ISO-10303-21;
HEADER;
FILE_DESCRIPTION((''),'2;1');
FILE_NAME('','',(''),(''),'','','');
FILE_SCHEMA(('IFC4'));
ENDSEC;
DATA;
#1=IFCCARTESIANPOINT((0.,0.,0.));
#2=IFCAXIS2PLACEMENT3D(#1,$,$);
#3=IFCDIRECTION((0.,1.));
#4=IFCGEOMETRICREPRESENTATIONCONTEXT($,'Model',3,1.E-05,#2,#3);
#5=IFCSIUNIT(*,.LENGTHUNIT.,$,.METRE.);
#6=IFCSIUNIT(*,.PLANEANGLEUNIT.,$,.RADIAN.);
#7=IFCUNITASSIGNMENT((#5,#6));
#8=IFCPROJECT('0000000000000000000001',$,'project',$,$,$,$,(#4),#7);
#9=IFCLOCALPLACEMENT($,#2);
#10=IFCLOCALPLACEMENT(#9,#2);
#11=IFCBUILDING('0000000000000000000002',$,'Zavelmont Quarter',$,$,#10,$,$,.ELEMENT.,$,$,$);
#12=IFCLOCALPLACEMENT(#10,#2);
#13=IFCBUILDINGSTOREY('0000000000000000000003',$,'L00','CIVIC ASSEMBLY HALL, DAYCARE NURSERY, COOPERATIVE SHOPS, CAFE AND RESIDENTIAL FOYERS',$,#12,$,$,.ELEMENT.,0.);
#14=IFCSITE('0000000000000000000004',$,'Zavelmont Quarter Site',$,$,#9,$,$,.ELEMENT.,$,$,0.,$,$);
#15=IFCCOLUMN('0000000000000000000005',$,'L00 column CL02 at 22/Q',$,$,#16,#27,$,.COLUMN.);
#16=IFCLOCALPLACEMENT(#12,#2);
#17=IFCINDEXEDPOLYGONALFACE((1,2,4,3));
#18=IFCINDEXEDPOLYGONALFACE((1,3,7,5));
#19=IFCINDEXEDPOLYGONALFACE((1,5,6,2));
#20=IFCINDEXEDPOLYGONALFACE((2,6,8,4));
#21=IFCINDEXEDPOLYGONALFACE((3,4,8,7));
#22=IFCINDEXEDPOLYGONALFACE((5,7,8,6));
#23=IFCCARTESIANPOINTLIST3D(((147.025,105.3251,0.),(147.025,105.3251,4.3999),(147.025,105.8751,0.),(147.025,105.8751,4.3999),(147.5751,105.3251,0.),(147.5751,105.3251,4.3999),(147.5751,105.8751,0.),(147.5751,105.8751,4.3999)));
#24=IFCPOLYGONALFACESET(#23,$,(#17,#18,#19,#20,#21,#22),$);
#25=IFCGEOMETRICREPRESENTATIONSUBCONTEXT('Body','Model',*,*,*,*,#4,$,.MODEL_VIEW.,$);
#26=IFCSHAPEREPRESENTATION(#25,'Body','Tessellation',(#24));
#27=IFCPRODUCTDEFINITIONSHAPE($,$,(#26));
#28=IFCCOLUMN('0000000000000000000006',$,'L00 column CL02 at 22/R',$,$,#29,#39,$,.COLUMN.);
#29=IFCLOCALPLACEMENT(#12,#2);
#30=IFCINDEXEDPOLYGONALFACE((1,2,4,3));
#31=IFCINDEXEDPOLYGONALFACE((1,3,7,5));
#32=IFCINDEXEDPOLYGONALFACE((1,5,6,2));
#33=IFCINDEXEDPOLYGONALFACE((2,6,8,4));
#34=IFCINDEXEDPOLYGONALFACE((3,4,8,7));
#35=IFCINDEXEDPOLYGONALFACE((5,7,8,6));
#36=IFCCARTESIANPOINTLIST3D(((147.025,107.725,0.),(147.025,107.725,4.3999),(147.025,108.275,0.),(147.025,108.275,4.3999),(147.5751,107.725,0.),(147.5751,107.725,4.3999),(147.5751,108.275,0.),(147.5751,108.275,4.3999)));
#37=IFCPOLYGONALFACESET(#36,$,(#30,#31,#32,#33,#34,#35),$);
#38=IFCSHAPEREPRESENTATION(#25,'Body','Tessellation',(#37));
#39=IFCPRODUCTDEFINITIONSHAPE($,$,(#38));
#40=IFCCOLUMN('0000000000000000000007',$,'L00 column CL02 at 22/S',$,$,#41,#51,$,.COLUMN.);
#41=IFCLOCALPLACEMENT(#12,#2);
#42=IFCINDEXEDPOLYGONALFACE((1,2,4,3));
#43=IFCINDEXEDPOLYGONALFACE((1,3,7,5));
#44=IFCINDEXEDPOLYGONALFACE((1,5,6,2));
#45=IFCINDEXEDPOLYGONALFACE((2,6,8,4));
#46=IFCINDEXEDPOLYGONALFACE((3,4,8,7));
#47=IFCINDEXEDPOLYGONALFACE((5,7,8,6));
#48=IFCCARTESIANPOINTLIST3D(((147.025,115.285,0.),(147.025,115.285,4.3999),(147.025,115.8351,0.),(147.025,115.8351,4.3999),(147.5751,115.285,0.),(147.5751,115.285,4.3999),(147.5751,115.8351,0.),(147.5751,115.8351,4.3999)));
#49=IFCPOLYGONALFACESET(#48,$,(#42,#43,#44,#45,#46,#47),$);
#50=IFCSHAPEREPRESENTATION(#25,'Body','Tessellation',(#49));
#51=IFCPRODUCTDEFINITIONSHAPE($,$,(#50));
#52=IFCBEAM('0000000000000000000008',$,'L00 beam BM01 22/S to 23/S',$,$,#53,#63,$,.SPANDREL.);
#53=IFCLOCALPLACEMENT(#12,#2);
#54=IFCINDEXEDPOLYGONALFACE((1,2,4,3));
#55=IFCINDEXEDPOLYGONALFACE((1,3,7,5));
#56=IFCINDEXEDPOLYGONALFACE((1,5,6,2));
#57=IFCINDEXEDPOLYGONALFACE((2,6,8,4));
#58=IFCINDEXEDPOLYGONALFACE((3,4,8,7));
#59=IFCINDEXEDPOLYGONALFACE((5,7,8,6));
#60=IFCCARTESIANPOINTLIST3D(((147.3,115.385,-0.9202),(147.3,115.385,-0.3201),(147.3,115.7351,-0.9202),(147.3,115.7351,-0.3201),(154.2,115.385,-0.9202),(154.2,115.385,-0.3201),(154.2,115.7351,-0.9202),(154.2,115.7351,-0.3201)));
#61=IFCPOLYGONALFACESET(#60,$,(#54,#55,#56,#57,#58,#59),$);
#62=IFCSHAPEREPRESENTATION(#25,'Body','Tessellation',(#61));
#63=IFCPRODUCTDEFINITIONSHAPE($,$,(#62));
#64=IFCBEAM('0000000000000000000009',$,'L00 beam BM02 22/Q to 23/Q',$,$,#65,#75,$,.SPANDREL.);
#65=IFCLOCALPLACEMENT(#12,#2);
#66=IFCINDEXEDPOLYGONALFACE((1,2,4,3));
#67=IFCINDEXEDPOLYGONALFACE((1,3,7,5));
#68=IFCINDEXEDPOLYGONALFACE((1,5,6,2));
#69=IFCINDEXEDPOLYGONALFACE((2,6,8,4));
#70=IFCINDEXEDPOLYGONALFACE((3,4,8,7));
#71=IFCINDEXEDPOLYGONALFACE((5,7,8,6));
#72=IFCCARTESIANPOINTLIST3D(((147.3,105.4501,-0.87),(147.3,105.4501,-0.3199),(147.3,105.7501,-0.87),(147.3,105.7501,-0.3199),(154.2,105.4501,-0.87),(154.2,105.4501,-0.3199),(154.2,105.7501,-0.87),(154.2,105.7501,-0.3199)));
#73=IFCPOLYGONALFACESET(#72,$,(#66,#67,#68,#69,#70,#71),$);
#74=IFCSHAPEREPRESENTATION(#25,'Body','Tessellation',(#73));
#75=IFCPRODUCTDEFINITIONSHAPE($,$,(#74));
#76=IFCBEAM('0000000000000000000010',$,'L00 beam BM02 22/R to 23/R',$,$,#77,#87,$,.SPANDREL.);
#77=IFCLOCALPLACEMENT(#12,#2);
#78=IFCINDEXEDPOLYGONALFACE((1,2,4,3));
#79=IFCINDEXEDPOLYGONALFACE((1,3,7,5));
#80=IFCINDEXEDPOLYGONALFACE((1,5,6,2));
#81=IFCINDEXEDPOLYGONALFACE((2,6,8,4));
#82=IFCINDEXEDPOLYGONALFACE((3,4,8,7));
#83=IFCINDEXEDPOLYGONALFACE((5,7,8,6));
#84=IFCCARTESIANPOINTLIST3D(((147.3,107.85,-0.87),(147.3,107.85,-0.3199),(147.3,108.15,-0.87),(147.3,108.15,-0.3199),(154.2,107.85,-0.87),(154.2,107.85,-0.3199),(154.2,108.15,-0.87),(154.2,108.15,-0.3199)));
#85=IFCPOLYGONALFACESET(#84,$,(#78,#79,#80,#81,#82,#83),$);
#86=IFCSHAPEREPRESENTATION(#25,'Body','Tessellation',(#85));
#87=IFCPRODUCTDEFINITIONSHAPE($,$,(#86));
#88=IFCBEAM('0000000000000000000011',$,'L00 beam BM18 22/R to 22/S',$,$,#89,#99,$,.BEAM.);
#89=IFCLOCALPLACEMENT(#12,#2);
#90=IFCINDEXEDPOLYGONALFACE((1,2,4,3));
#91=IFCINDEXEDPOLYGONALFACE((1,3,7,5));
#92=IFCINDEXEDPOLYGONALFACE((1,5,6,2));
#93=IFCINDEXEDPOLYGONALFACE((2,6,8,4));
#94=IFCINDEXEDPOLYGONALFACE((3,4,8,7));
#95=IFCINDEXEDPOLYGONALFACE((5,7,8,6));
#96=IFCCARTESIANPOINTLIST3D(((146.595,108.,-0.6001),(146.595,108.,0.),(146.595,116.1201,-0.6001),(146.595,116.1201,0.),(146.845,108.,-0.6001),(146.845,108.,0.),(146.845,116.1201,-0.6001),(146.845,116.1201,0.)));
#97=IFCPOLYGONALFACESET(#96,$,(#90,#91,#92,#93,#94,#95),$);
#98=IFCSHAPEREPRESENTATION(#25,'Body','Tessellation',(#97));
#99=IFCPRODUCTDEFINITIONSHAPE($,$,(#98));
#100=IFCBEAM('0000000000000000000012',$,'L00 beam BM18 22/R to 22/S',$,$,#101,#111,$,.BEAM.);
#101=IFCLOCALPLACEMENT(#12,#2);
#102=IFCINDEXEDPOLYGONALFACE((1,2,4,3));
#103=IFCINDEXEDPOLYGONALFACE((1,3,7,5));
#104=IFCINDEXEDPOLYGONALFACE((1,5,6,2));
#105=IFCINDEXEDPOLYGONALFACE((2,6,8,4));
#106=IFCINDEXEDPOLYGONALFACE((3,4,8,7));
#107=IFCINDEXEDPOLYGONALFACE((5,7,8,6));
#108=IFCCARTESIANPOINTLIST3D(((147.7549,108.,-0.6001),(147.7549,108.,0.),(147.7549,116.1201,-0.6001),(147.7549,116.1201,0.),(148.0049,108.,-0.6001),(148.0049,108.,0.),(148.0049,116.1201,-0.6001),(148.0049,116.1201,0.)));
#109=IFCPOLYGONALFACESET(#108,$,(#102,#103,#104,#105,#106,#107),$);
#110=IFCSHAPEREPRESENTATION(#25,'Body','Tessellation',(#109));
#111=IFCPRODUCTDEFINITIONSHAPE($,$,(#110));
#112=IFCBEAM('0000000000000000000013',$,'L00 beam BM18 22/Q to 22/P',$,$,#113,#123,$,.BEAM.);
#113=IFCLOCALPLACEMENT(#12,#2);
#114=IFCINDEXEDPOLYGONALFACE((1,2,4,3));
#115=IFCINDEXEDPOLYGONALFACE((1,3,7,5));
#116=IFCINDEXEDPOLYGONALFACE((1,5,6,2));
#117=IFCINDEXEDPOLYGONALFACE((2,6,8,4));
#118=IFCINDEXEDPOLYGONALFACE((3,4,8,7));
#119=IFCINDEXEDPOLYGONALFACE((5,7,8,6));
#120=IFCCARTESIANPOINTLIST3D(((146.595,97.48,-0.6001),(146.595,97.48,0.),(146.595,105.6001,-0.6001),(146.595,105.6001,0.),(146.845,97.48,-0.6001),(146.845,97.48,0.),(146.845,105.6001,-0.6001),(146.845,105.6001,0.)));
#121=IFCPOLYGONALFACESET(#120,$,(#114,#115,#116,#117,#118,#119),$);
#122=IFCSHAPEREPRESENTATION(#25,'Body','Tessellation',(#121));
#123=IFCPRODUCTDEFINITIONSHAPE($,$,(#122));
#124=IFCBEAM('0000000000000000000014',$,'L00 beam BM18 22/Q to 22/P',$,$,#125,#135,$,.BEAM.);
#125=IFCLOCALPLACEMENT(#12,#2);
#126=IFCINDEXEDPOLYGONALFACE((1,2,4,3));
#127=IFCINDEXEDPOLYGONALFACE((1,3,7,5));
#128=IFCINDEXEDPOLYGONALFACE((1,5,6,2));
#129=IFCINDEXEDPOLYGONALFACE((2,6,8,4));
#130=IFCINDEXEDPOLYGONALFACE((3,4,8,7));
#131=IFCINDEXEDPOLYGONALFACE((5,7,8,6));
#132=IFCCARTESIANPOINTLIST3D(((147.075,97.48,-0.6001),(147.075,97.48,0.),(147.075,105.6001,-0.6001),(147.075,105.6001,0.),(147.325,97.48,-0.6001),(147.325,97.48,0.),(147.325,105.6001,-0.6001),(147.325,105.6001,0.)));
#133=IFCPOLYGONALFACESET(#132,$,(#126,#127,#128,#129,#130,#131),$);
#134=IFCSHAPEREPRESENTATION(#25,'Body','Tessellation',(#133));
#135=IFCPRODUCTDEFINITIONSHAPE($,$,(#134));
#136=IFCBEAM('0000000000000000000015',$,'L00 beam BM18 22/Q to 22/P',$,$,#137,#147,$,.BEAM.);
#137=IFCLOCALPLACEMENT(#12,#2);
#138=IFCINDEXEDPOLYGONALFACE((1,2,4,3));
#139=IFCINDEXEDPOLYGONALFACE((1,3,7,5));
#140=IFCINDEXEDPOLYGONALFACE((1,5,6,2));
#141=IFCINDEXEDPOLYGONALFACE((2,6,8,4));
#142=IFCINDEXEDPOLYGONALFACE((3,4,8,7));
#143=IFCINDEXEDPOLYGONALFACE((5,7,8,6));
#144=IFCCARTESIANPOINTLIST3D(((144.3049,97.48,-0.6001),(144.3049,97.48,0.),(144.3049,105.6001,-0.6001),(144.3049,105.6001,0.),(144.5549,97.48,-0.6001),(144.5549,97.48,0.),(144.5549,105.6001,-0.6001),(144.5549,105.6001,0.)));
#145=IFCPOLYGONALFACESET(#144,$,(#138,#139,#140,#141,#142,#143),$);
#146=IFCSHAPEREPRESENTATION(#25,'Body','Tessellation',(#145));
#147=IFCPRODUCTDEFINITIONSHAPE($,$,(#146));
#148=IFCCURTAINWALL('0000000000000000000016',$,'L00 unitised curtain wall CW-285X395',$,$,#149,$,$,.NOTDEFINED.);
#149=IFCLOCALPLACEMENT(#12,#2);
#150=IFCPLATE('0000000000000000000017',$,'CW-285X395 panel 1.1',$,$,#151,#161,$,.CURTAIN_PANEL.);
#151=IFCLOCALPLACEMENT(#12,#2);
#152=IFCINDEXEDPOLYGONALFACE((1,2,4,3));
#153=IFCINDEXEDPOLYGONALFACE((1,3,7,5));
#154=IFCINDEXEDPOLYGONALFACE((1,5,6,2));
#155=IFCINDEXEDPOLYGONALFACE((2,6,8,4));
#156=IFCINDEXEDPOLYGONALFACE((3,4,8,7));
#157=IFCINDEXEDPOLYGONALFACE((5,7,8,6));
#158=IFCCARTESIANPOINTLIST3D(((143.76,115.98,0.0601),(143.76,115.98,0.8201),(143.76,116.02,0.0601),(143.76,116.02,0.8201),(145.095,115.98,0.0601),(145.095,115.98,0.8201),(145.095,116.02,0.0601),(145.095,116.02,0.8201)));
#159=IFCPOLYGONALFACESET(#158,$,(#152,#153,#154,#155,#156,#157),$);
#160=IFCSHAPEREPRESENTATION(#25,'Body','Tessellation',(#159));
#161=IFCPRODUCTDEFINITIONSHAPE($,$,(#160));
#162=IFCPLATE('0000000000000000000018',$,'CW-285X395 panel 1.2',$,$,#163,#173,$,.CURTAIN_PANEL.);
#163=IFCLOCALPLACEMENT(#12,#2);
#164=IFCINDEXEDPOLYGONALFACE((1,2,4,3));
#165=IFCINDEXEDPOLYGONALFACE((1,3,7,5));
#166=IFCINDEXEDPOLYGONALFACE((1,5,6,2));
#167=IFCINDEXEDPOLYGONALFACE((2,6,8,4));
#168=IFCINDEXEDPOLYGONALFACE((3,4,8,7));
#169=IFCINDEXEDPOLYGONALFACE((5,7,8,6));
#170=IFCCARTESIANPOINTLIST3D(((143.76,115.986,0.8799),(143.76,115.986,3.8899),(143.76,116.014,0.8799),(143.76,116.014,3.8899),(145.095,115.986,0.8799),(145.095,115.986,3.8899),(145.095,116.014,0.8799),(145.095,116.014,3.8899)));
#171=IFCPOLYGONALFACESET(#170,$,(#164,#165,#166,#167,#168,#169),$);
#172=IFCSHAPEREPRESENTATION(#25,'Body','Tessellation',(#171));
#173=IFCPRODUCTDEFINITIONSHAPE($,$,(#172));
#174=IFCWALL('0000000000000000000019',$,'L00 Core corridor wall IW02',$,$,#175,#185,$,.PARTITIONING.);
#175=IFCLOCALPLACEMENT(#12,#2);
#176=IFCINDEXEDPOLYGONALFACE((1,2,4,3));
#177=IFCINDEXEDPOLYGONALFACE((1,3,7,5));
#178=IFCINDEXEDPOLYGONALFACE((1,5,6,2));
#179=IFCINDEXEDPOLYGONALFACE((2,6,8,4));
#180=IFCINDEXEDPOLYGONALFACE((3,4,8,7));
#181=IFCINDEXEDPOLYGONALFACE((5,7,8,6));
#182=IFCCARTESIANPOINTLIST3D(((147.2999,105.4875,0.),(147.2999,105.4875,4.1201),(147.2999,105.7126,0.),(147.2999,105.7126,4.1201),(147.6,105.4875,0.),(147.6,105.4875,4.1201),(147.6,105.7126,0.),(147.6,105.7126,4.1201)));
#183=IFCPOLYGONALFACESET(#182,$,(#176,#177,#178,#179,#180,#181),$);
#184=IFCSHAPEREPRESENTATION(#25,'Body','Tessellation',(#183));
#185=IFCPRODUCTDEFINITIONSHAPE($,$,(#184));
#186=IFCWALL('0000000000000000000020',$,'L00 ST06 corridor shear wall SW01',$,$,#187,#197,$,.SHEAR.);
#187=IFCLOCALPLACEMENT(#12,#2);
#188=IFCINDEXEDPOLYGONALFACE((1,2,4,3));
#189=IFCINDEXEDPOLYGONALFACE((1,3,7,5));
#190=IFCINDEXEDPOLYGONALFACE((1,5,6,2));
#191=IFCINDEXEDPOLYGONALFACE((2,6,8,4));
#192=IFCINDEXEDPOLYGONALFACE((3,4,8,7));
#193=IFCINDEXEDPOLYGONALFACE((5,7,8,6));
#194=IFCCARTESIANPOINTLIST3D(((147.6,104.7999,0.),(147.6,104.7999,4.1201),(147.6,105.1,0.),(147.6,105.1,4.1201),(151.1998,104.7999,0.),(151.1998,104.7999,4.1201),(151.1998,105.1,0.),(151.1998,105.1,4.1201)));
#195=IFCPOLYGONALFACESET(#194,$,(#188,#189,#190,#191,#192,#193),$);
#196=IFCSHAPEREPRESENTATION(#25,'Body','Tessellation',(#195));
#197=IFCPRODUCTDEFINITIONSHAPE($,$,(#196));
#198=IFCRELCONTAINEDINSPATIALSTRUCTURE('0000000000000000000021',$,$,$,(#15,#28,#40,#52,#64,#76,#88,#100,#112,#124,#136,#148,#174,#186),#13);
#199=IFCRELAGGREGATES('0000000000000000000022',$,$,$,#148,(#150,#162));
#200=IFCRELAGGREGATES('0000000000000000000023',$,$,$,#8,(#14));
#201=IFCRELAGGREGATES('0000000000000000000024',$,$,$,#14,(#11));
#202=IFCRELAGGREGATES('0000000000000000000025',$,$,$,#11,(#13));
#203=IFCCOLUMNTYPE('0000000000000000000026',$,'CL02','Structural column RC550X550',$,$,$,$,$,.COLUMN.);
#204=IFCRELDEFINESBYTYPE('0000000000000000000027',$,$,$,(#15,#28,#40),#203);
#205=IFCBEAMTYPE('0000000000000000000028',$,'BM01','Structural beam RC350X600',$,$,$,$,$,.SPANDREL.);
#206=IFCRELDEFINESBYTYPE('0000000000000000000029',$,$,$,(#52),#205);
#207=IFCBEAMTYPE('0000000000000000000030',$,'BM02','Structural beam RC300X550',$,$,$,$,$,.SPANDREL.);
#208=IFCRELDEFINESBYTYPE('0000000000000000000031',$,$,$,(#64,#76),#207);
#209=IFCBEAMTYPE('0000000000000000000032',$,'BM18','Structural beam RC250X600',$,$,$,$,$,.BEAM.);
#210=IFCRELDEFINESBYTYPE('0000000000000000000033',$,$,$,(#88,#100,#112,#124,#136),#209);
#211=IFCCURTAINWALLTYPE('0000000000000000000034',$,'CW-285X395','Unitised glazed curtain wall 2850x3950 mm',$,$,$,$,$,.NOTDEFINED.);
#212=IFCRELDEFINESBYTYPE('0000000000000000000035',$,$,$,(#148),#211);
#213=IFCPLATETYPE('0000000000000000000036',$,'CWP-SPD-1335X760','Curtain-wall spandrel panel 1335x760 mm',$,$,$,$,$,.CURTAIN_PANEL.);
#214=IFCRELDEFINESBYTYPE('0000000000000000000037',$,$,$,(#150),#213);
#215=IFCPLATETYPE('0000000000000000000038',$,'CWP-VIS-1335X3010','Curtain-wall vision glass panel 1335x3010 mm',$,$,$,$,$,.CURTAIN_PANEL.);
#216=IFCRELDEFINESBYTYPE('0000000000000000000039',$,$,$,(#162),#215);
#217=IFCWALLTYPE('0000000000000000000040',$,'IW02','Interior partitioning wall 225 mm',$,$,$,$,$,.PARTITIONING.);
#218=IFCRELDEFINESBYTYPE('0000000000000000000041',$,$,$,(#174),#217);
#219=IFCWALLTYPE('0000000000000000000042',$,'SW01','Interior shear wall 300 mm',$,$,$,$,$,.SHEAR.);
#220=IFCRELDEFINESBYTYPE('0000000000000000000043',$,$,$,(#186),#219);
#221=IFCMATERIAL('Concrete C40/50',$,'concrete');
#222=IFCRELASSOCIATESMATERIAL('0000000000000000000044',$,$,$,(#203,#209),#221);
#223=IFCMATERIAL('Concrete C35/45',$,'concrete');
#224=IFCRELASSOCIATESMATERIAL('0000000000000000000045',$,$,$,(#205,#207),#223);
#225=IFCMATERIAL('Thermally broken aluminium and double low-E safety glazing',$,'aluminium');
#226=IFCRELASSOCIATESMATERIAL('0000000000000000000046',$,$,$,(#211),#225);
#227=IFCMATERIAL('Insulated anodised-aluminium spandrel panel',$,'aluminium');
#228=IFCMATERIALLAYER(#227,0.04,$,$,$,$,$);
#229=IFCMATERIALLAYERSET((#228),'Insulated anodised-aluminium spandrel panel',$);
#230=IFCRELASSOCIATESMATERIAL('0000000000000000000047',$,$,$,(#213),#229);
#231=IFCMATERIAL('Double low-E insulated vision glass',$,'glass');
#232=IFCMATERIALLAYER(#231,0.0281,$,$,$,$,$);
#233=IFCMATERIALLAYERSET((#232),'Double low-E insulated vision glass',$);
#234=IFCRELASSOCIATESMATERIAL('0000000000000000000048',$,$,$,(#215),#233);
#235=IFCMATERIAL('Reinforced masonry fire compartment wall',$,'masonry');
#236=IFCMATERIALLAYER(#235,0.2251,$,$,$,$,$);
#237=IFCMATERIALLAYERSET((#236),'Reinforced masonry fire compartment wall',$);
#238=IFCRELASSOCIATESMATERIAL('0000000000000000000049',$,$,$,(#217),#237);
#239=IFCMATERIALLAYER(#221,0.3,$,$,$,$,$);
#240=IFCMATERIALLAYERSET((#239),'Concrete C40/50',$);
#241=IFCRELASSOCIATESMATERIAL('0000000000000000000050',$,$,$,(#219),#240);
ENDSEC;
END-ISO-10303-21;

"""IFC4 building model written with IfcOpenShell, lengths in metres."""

from ifc_helpers import new_model, si_unit, direction, frame, frame_2d, origin, origin_2d, place, context, subcontext, project, spatial, rectangle, extrude, material, layer, layer_set, material_profile, profile_set, type_object, element, aggregate, save


model = new_model("IFC4")

# Units and contexts
model_context = context("Model", 3, precision=1e-05, world=origin(), true_north=direction((0.0, 1.0)))
body_context = subcontext(model_context, "Body", "Model", "MODEL_VIEW")
ifc_project = project(units=[si_unit("LENGTHUNIT", "METRE"), si_unit("PLANEANGLEUNIT", "RADIAN")], contexts=[model_context])

# Site, building, storey
site_placement = place(None, origin())
site = spatial("IfcSite", under=ifc_project, at=site_placement, Name="Zavelmont Quarter Site", CompositionType="ELEMENT", RefElevation=0.0)
building_placement = place(site_placement, origin())
building = spatial("IfcBuilding", under=site, at=building_placement, Name="Zavelmont Quarter", CompositionType="ELEMENT")
storey_placement = place(building_placement, origin())
storey = spatial("IfcBuildingStorey", under=building, at=storey_placement, Name="L00", Description="CIVIC ASSEMBLY HALL, DAYCARE NURSERY, COOPERATIVE SHOPS, CAFE AND RESIDENTIAL FOYERS", CompositionType="ELEMENT", Elevation=0.0)

# Columns
ifc_material_1 = material(Name="Concrete C40/50", Category="concrete")
ifc_material_profile_1 = material_profile(ifc_material_1, rectangle(XDim=0.55, YDim=0.55, at=origin_2d()), Name="RC550X550")
ifc_profile_set_1 = profile_set([ifc_material_profile_1], Name="Concrete C40/50")
column_type = type_object("IfcColumnType", Name="CL02", Description="Structural column RC550X550", PredefinedType="COLUMN", material=ifc_profile_set_1)
for number, where, z_axis, x_axis, name in (
    (1, (147.3, 105.6001, 0.0), (0.0, 0.0, 1.0), (1.0, 0.0, 0.0), "L00 column CL02 at 22/Q"),
    (2, (147.3, 108.0, 0.0), (0.0, 0.0, 1.0), (1.0, 0.0, 0.0), "L00 column CL02 at 22/R"),
    (3, (147.3, 115.5601, 0.0), (0.0, 0.0, 1.0), (1.0, 0.0, 0.0), "L00 column CL02 at 22/S"),
):
    element("IfcColumn", number, at=place(storey_placement, frame(where, z_axis=z_axis, x_axis=x_axis)), inside=storey, type_object=column_type, Name=name, PredefinedType="COLUMN", context=body_context, shape_type="SweptSolid", body=[
        extrude(rectangle(XDim=0.55, YDim=0.55, at=origin_2d()), origin(), (0.0, 0.0, 1.0), 4.3999),
    ])

# Beams
ifc_material_2 = material(Name="Concrete C35/45", Category="concrete")
ifc_material_profile_2 = material_profile(ifc_material_2, rectangle(XDim=0.3501, YDim=0.6001, at=origin_2d()), Name="RC350X600")
ifc_profile_set_2 = profile_set([ifc_material_profile_2], Name="Concrete C35/45")
beam_type_1 = type_object("IfcBeamType", Name="BM01", Description="Structural beam RC350X600", PredefinedType="SPANDREL", material=ifc_profile_set_2)
beam_placement = place(storey_placement, frame((147.3, 115.5601, -0.6201), z_axis=(1.0, 0.0, 0.0), x_axis=(0.0, 1.0, 0.0)))
element("IfcBeam", 4, at=beam_placement, inside=storey, type_object=beam_type_1, Name="L00 beam BM01 22/S to 23/S", PredefinedType="SPANDREL", context=body_context, shape_type="SweptSolid", body=[
    extrude(rectangle(XDim=0.3501, YDim=0.6001, at=origin_2d()), origin(), (0.0, 0.0, 1.0), 6.8999),
])
ifc_material_profile_3 = material_profile(ifc_material_2, rectangle(XDim=0.3, YDim=0.55, at=origin_2d()), Name="RC300X550")
ifc_profile_set_3 = profile_set([ifc_material_profile_3], Name="Concrete C35/45")
beam_type_2 = type_object("IfcBeamType", Name="BM02", Description="Structural beam RC300X550", PredefinedType="SPANDREL", material=ifc_profile_set_3)
for number, where, z_axis, x_axis, name in (
    (5, (147.3, 105.6001, -0.595), (1.0, 0.0, 0.0), (0.0, 1.0, 0.0), "L00 beam BM02 22/Q to 23/Q"),
    (6, (147.3, 108.0, -0.595), (1.0, 0.0, 0.0), (0.0, 1.0, 0.0), "L00 beam BM02 22/R to 23/R"),
):
    element("IfcBeam", number, at=place(storey_placement, frame(where, z_axis=z_axis, x_axis=x_axis)), inside=storey, type_object=beam_type_2, Name=name, PredefinedType="SPANDREL", context=body_context, shape_type="SweptSolid", body=[
        extrude(rectangle(XDim=0.3, YDim=0.55, at=origin_2d()), origin(), (0.0, 0.0, 1.0), 6.8999),
    ])
ifc_material_profile_4 = material_profile(ifc_material_1, rectangle(XDim=0.25, YDim=0.6001, at=origin_2d()), Name="RC250X600")
ifc_profile_set_4 = profile_set([ifc_material_profile_4], Name="Concrete C40/50")
beam_type_3 = type_object("IfcBeamType", Name="BM18", Description="Structural beam RC250X600", PredefinedType="BEAM", material=ifc_profile_set_4)
for number, where, z_axis, x_axis, name in (
    (7, (146.72, 108.0, -0.3), (0.0, 1.0, 0.0), (-1.0, 0.0, 0.0), "L00 beam BM18 22/R to 22/S"),
    (8, (147.8799, 108.0, -0.3), (0.0, 1.0, 0.0), (-1.0, 0.0, 0.0), "L00 beam BM18 22/R to 22/S"),
    (9, (146.72, 105.6001, -0.3), (0.0, -1.0, 0.0), (1.0, 0.0, 0.0), "L00 beam BM18 22/Q to 22/P"),
    (10, (147.2, 105.6001, -0.3), (0.0, -1.0, 0.0), (1.0, 0.0, 0.0), "L00 beam BM18 22/Q to 22/P"),
    (11, (144.4299, 105.6001, -0.3), (0.0, -1.0, 0.0), (1.0, 0.0, 0.0), "L00 beam BM18 22/Q to 22/P"),
):
    element("IfcBeam", number, at=place(storey_placement, frame(where, z_axis=z_axis, x_axis=x_axis)), inside=storey, type_object=beam_type_3, Name=name, PredefinedType="BEAM", context=body_context, shape_type="SweptSolid", body=[
        extrude(rectangle(XDim=0.25, YDim=0.6001, at=origin_2d()), origin(), (0.0, 0.0, 1.0), 8.1201),
    ])

# Curtain wall, plates
ifc_material_3 = material(Name="Thermally broken aluminium and double low-E safety glazing", Category="aluminium")
curtain_wall_type = type_object("IfcCurtainWallType", Name="CW-285X395", Description="Unitised glazed curtain wall 2850x3950 mm", PredefinedType="NOTDEFINED", material=ifc_material_3)
curtain_wall_placement = place(storey_placement, origin())
curtain_wall = element("IfcCurtainWall", 12, at=curtain_wall_placement, inside=storey, type_object=curtain_wall_type, Name="L00 unitised curtain wall CW-285X395", PredefinedType="NOTDEFINED")
ifc_material_4 = material(Name="Insulated anodised-aluminium spandrel panel", Category="aluminium")
ifc_layer_1 = layer(ifc_material_4, 0.04)
ifc_layer_set_1 = layer_set([ifc_layer_1], Name="Insulated anodised-aluminium spandrel panel")
plate_type_1 = type_object("IfcPlateType", Name="CWP-SPD-1335X760", Description="Curtain-wall spandrel panel 1335x760 mm", PredefinedType="CURTAIN_PANEL", material=ifc_layer_set_1)
plate_1_placement = place(storey_placement, frame((144.4275, 116.0, 0.0601), z_axis=(0.0, 0.0, 1.0), x_axis=(1.0, 0.0, 0.0)))
plate_1 = element("IfcPlate", 13, at=plate_1_placement, type_object=plate_type_1, Name="CW-285X395 panel 1.1", PredefinedType="CURTAIN_PANEL", context=body_context, shape_type="SweptSolid", body=[
    extrude(rectangle(XDim=1.335, YDim=0.04, at=origin_2d()), origin(), (0.0, 0.0, 1.0), 0.76),
])
ifc_material_5 = material(Name="Double low-E insulated vision glass", Category="glass")
ifc_layer_2 = layer(ifc_material_5, 0.0281)
ifc_layer_set_2 = layer_set([ifc_layer_2], Name="Double low-E insulated vision glass")
plate_type_2 = type_object("IfcPlateType", Name="CWP-VIS-1335X3010", Description="Curtain-wall vision glass panel 1335x3010 mm", PredefinedType="CURTAIN_PANEL", material=ifc_layer_set_2)
plate_2_placement = place(storey_placement, frame((144.4275, 116.0, 0.8799), z_axis=(0.0, 0.0, 1.0), x_axis=(1.0, 0.0, 0.0)))
plate_2 = element("IfcPlate", 14, at=plate_2_placement, type_object=plate_type_2, Name="CW-285X395 panel 1.2", PredefinedType="CURTAIN_PANEL", context=body_context, shape_type="SweptSolid", body=[
    extrude(rectangle(XDim=1.335, YDim=0.0281, at=origin_2d()), origin(), (0.0, 0.0, 1.0), 3.01),
])
aggregate(curtain_wall, [plate_1, plate_2])

# Shared definitions
ifc_material_6 = material(Name="Reinforced masonry fire compartment wall", Category="masonry")
ifc_layer_3 = layer(ifc_material_6, 0.2251)
ifc_layer_set_3 = layer_set([ifc_layer_3], Name="Reinforced masonry fire compartment wall")
wall_type_1 = type_object("IfcWallType", Name="IW02", Description="Interior partitioning wall 225 mm", PredefinedType="PARTITIONING", material=ifc_layer_set_3)

# Wall
wall_1_placement = place(storey_placement, frame((147.3, 105.6001, 0.0), z_axis=(0.0, 0.0, 1.0), x_axis=(1.0, 0.0, 0.0)))
element("IfcWall", 15, at=wall_1_placement, inside=storey, type_object=wall_type_1, Name="L00 Core corridor wall IW02", PredefinedType="PARTITIONING", context=body_context, shape_type="SweptSolid", body=[
    extrude(rectangle(XDim=0.3, YDim=0.2251, at=frame_2d((0.1499, 0.0))), origin(), (0.0, 0.0, 1.0), 4.1201),
])

# Wall
ifc_layer_4 = layer(ifc_material_1, 0.3)
ifc_layer_set_4 = layer_set([ifc_layer_4], Name="Concrete C40/50")
wall_type_2 = type_object("IfcWallType", Name="SW01", Description="Interior shear wall 300 mm", PredefinedType="SHEAR", material=ifc_layer_set_4)
wall_2_placement = place(storey_placement, frame((147.6001, 104.95, 0.0), z_axis=(0.0, 0.0, 1.0), x_axis=(1.0, 0.0, 0.0)))
element("IfcWall", 16, at=wall_2_placement, inside=storey, type_object=wall_type_2, Name="L00 ST06 corridor shear wall SW01", PredefinedType="SHEAR", context=body_context, shape_type="SweptSolid", body=[
    extrude(rectangle(XDim=3.5999, YDim=0.3, at=frame_2d((1.7998, 0.0))), origin(), (0.0, 0.0, 1.0), 4.1201),
])

save(model, "model.ifc")
